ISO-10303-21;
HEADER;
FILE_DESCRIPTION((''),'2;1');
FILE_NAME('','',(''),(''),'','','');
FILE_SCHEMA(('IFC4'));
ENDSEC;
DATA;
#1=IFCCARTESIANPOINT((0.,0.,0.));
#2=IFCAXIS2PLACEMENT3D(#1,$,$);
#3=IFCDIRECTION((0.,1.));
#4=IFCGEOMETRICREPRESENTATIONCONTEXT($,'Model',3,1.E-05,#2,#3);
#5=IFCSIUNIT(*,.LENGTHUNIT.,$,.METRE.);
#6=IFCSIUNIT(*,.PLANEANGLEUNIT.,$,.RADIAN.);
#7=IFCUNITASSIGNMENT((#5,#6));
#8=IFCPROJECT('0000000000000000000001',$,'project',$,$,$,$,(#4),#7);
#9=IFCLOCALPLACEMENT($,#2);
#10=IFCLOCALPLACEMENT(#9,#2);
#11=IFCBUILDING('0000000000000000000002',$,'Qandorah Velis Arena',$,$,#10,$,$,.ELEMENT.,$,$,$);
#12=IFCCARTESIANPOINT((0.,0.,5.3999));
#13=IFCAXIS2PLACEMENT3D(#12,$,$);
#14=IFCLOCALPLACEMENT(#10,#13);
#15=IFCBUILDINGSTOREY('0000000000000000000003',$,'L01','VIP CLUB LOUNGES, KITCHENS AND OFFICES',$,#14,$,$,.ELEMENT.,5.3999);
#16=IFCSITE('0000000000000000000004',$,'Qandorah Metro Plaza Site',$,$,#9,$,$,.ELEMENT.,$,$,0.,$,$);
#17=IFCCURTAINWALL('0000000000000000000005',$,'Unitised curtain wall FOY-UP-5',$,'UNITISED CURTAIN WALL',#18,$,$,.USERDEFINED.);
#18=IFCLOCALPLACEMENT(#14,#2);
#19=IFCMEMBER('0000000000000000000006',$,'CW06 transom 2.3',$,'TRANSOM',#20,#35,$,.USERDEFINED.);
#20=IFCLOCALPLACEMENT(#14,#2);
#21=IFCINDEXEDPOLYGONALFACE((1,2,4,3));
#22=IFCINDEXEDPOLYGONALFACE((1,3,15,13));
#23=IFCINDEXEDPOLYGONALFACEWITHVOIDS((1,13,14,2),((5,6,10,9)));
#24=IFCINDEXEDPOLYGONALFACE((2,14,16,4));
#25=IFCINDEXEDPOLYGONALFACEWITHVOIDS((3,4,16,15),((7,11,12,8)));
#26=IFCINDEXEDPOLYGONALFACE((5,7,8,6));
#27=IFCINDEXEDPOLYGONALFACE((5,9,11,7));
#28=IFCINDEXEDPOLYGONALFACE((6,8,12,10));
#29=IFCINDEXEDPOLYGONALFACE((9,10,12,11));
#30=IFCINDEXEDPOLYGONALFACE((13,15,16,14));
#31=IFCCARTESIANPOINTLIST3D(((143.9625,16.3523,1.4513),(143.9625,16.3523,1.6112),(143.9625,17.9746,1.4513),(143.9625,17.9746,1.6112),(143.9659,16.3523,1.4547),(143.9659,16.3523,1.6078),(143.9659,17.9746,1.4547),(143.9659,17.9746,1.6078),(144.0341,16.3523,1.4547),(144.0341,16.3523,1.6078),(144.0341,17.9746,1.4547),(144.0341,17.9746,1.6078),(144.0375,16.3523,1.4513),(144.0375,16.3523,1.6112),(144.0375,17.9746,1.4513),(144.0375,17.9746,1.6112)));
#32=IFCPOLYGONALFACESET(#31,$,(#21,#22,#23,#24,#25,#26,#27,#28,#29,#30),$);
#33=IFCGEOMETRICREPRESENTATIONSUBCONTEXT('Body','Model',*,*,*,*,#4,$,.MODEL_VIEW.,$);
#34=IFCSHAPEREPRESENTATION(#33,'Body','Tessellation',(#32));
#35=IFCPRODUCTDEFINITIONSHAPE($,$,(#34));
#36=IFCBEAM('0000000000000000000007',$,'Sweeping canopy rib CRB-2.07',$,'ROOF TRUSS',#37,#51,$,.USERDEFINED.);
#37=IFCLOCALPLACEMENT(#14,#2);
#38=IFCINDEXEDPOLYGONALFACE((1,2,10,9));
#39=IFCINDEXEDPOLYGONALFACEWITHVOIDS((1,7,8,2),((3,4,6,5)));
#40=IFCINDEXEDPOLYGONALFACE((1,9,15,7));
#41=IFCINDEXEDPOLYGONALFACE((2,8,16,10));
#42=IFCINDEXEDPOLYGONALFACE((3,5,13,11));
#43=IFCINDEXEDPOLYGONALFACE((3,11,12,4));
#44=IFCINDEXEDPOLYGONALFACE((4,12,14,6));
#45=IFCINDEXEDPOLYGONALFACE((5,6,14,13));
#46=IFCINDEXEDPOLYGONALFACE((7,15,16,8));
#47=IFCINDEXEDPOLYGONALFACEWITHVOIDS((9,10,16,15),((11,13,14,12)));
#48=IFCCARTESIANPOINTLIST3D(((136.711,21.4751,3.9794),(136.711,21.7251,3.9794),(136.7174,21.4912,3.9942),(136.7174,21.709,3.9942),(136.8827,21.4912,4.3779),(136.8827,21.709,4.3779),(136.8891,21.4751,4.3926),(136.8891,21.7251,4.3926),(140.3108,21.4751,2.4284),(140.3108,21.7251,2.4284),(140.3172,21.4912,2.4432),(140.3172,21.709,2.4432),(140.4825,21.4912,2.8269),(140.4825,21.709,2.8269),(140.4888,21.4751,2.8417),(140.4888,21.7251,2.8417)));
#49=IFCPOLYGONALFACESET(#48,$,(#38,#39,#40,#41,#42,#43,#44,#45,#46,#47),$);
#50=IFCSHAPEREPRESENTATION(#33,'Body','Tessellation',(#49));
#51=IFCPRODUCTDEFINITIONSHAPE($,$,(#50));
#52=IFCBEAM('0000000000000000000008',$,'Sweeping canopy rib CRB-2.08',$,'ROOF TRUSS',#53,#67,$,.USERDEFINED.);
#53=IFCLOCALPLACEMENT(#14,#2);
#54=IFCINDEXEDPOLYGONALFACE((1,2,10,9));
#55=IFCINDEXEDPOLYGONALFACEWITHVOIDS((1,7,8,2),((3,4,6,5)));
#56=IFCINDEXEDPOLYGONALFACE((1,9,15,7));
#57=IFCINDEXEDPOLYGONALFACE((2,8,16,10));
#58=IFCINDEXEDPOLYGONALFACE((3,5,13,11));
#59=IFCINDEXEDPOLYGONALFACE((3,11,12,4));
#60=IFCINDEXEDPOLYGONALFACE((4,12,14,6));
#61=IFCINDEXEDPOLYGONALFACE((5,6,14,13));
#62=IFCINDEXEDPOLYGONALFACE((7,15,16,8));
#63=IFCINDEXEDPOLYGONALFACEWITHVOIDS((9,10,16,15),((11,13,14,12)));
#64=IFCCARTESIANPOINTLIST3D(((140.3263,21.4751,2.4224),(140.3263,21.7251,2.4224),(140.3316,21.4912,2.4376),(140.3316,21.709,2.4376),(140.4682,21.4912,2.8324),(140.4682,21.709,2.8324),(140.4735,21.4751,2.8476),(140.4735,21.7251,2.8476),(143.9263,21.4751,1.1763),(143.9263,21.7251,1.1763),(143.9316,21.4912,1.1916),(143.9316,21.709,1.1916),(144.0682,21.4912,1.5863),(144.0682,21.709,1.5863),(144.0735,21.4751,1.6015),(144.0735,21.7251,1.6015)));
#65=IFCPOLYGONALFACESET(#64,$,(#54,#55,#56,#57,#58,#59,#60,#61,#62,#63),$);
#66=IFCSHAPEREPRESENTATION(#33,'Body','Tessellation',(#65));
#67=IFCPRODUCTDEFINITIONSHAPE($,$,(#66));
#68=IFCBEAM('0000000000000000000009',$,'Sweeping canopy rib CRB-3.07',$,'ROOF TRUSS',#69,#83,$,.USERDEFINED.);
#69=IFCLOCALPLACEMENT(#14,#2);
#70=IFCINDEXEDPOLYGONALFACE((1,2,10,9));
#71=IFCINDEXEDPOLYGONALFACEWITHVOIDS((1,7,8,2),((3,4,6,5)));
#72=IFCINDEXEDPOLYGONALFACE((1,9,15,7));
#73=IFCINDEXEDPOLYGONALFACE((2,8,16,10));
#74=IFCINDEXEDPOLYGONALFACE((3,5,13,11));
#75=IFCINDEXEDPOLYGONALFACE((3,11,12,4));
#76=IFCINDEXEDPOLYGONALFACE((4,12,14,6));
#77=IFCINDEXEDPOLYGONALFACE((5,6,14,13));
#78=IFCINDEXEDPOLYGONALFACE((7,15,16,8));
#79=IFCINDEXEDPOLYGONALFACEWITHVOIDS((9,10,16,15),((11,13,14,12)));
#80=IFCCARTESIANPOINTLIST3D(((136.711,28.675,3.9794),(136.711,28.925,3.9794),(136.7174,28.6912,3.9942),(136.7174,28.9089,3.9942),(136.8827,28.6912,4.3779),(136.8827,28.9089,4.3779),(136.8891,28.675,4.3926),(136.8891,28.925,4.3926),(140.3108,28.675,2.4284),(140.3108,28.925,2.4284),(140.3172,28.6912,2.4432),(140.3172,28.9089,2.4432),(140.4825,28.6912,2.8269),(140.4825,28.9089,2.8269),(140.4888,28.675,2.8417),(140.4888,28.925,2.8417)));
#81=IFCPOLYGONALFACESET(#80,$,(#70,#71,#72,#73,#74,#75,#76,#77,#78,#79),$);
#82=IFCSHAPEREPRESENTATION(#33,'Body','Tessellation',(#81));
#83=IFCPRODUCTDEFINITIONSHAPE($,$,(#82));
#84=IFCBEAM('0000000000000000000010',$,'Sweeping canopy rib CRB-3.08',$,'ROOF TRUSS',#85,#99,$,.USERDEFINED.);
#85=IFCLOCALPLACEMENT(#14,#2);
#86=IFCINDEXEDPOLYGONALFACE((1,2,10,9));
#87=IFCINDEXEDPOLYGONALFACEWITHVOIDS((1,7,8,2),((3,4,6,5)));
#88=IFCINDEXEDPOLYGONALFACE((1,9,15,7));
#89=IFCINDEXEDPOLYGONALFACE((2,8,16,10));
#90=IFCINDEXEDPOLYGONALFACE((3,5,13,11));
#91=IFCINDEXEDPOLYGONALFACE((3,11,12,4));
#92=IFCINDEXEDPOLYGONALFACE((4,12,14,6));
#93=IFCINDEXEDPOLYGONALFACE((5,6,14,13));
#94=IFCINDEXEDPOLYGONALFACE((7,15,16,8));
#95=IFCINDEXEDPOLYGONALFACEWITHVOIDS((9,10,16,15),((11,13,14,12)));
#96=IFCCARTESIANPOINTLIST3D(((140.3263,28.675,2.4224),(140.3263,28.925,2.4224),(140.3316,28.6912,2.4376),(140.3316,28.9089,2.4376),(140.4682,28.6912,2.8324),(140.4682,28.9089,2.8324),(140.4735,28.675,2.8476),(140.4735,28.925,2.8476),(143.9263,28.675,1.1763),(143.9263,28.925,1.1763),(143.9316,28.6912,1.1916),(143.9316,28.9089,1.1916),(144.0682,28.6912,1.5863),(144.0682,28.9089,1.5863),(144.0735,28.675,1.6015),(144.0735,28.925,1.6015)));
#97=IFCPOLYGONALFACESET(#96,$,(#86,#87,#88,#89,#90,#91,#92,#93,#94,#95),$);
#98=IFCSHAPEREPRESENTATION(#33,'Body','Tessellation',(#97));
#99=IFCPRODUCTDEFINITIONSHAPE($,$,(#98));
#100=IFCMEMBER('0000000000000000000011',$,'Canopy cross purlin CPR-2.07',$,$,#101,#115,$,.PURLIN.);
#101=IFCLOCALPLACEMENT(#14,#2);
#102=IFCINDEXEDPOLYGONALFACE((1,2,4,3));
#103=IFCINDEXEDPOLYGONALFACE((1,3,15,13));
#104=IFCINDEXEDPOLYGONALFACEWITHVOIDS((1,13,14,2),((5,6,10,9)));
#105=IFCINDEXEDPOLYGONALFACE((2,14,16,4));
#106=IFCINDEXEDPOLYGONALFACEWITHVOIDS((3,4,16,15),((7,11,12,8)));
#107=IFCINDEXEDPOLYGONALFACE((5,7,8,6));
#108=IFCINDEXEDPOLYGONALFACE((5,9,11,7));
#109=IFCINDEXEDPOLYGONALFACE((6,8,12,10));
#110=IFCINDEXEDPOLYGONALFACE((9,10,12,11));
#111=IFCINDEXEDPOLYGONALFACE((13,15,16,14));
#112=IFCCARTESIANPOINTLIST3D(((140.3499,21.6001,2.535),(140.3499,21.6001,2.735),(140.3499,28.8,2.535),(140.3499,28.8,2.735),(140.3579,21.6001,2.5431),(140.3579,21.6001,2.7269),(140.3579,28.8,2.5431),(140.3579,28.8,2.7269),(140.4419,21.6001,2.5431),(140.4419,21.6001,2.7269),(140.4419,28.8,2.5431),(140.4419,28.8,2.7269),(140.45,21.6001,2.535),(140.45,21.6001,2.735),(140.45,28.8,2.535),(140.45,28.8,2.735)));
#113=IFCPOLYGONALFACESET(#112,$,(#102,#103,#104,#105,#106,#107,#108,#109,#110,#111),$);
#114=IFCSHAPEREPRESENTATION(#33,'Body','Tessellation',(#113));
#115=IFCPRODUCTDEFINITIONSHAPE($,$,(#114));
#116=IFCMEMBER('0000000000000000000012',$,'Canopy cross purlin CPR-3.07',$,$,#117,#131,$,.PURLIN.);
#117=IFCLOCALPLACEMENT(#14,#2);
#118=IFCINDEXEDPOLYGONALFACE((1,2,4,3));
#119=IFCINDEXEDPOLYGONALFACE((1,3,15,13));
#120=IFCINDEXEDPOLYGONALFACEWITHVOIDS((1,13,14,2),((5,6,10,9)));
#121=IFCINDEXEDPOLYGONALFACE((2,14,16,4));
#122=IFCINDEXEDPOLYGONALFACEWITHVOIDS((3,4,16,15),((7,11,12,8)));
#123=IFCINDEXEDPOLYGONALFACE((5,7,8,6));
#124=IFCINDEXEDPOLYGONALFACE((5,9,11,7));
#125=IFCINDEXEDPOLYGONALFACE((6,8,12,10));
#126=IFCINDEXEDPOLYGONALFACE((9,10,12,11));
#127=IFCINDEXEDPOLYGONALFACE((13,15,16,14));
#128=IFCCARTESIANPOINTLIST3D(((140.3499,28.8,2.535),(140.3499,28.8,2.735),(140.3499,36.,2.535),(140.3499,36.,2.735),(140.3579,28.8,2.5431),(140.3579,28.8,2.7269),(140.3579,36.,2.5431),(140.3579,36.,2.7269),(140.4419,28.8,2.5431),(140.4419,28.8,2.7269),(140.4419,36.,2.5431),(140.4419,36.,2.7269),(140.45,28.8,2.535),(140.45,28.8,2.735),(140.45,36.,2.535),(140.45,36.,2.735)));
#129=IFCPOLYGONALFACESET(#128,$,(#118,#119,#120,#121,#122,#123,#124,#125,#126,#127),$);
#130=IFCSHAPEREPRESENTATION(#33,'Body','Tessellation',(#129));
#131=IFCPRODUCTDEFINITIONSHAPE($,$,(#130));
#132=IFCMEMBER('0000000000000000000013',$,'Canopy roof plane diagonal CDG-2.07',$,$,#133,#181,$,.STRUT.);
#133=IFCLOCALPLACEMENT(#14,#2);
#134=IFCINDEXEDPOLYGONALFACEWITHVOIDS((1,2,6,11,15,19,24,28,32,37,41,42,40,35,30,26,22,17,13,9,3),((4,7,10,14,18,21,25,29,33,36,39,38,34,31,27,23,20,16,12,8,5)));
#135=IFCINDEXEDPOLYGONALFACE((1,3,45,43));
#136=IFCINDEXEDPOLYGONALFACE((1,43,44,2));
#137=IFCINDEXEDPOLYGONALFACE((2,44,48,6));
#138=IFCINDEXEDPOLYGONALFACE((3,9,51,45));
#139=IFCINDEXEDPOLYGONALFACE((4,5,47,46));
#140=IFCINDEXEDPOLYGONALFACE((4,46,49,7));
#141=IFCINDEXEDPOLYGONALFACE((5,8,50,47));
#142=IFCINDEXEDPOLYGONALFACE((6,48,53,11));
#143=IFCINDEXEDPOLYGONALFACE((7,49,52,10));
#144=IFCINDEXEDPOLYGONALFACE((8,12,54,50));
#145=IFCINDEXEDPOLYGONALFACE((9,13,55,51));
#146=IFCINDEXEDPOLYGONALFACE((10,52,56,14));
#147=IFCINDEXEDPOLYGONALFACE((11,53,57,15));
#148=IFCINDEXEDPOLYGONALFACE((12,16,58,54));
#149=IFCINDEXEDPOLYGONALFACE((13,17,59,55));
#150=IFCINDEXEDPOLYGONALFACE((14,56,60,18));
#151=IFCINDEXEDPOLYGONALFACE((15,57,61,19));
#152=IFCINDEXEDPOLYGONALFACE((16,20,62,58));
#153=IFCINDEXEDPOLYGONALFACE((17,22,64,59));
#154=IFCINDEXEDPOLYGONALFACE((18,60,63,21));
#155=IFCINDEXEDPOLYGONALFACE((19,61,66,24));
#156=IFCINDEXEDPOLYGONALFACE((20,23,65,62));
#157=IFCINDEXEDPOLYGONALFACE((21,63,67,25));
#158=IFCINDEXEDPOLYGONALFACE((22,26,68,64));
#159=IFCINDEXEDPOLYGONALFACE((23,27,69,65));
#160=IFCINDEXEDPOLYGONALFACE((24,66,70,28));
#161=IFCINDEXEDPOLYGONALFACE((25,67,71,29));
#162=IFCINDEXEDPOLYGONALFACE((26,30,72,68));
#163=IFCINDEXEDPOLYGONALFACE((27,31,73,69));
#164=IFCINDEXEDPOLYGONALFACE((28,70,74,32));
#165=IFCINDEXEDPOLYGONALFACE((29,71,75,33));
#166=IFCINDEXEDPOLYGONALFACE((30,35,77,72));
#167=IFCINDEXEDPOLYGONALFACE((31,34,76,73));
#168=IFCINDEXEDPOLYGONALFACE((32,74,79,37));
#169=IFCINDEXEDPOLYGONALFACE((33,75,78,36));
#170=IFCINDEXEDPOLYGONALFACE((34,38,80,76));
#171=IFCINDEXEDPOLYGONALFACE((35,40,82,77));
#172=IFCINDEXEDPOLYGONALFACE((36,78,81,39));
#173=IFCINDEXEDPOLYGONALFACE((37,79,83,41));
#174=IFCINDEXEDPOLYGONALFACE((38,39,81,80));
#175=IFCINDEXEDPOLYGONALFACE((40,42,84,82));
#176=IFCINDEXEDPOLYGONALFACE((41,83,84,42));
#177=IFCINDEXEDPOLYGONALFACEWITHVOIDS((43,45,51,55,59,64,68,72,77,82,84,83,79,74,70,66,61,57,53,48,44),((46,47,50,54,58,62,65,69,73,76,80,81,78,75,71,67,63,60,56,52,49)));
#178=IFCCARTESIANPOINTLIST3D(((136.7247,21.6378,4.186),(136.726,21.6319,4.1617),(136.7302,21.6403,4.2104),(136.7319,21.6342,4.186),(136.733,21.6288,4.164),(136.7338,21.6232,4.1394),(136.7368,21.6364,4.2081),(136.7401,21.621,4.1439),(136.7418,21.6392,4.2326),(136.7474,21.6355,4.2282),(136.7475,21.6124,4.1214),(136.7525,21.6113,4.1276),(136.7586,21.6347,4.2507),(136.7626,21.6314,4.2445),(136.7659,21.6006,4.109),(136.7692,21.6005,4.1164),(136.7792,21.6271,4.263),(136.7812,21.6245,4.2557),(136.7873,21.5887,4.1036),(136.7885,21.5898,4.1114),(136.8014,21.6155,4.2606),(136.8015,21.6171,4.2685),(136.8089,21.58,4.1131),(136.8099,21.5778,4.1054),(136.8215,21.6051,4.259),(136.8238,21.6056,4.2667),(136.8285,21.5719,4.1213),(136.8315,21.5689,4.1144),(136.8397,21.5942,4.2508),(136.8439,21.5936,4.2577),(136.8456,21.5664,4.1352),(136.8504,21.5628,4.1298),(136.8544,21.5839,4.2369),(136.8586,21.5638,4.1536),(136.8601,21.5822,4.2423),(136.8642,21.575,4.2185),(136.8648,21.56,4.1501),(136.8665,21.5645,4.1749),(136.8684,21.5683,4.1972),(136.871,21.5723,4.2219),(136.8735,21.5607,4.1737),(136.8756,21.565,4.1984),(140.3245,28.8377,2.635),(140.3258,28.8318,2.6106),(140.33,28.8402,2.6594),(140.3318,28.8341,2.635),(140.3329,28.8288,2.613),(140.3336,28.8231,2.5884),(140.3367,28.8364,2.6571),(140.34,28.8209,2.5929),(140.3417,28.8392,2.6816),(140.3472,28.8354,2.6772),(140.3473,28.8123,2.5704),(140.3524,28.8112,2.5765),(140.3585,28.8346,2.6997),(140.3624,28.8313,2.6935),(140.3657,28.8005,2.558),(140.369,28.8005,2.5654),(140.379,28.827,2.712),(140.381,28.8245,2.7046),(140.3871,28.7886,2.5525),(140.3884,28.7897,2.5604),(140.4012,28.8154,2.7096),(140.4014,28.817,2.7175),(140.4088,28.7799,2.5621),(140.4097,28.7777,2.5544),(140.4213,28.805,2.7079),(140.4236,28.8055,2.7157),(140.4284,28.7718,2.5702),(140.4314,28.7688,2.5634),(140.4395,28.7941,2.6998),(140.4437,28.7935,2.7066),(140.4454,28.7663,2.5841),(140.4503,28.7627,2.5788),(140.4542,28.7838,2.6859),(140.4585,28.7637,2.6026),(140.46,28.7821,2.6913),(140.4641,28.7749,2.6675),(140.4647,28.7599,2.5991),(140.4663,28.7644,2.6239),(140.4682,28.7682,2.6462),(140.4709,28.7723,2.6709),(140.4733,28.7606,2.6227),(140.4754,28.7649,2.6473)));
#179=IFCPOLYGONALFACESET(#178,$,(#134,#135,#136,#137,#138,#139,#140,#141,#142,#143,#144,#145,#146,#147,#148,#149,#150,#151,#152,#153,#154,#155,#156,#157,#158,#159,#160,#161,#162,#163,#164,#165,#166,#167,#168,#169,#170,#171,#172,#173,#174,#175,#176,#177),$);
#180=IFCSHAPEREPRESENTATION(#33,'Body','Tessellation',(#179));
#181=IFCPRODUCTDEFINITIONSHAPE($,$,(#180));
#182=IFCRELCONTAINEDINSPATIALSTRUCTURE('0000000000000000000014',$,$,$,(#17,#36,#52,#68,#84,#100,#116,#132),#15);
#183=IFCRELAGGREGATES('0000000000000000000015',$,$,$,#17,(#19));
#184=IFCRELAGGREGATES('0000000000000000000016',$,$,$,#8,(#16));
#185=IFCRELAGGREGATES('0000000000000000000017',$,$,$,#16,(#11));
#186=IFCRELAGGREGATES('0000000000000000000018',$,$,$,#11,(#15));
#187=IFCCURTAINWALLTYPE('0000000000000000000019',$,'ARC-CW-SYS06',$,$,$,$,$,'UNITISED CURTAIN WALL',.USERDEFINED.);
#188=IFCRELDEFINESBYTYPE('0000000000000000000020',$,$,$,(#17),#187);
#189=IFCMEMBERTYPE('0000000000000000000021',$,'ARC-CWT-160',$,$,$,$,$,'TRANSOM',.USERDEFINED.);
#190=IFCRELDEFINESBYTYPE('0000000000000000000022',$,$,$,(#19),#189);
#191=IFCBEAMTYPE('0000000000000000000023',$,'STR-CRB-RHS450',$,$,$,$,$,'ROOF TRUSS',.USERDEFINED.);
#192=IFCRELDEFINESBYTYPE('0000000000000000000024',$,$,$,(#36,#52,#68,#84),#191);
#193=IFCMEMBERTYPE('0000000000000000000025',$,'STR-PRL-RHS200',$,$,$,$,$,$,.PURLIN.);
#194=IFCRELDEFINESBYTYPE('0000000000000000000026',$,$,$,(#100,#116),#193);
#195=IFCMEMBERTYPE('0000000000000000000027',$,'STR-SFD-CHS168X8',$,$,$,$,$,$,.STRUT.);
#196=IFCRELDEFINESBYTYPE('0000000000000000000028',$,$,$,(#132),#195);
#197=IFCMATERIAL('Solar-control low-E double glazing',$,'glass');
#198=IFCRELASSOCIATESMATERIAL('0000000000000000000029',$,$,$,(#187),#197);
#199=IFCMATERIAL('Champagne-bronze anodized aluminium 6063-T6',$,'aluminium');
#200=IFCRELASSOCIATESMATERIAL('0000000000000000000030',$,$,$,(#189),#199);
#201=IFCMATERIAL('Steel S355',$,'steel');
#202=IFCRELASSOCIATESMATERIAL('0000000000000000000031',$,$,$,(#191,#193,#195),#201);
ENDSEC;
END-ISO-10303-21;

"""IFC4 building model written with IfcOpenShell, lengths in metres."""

from ifc_helpers import new_model, si_unit, direction, frame, origin, origin_2d, place, context, subcontext, project, spatial, hollow_rectangle, hollow_circle, extrude, material, material_profile, profile_set, type_object, element, aggregate, save


model = new_model("IFC4")

# Units and contexts
model_context = context("Model", 3, precision=1e-05, world=origin(), true_north=direction((0.0, 1.0)))
body_context = subcontext(model_context, "Body", "Model", "MODEL_VIEW")
ifc_project = project(units=[si_unit("LENGTHUNIT", "METRE"), si_unit("PLANEANGLEUNIT", "RADIAN")], contexts=[model_context])

# Site, building, storey
site_placement = place(None, origin())
site = spatial("IfcSite", under=ifc_project, at=site_placement, Name="Qandorah Metro Plaza Site", CompositionType="ELEMENT", RefElevation=0.0)
building_placement = place(site_placement, origin())
building = spatial("IfcBuilding", under=site, at=building_placement, Name="Qandorah Velis Arena", CompositionType="ELEMENT")
storey_placement = place(building_placement, frame((0.0, 0.0, 5.3999)))
storey = spatial("IfcBuildingStorey", under=building, at=storey_placement, Name="L01", Description="VIP CLUB LOUNGES, KITCHENS AND OFFICES", CompositionType="ELEMENT", Elevation=5.3999)

# Curtain wall, member
ifc_material_1 = material(Name="Solar-control low-E double glazing", Category="glass")
curtain_wall_type = type_object("IfcCurtainWallType", Name="ARC-CW-SYS06", ElementType="UNITISED CURTAIN WALL", PredefinedType="USERDEFINED", material=ifc_material_1)
curtain_wall_placement = place(storey_placement, origin())
curtain_wall = element("IfcCurtainWall", 1, at=curtain_wall_placement, inside=storey, type_object=curtain_wall_type, Name="Unitised curtain wall FOY-UP-5", ObjectType="UNITISED CURTAIN WALL", PredefinedType="USERDEFINED")
ifc_material_2 = material(Name="Champagne-bronze anodized aluminium 6063-T6", Category="aluminium")
ifc_material_profile_1 = material_profile(ifc_material_2, hollow_rectangle(XDim=0.075, YDim=0.1599, WallThickness=0.0034, at=origin_2d()), Name="ALU TRANSOM 75x160")
ifc_profile_set_1 = profile_set([ifc_material_profile_1], Name="Champagne-bronze anodized aluminium 6063-T6")
member_type_1 = type_object("IfcMemberType", Name="ARC-CWT-160", ElementType="TRANSOM", PredefinedType="USERDEFINED", material=ifc_profile_set_1)
member_1_placement = place(storey_placement, frame((144.0, 16.3523, 1.5312), z_axis=(0.0, 1.0, 0.0), x_axis=(-1.0, 0.0, 0.0)))
member_1 = element("IfcMember", 2, at=member_1_placement, type_object=member_type_1, Name="CW06 transom 2.3", ObjectType="TRANSOM", PredefinedType="USERDEFINED", context=body_context, shape_type="SweptSolid", body=[
    extrude(hollow_rectangle(XDim=0.075, YDim=0.1599, WallThickness=0.0034, at=origin_2d()), origin(), (0.0, 0.0, 1.0), 1.6223),
])
aggregate(curtain_wall, [member_1])

# Beams
ifc_material_3 = material(Name="Steel S355", Category="steel")
ifc_material_profile_2 = material_profile(ifc_material_3, hollow_rectangle(XDim=0.25, YDim=0.45, WallThickness=0.0161, at=origin_2d()), Name="RHS 450x250x16")
ifc_profile_set_2 = profile_set([ifc_material_profile_2], Name="Steel S355")
beam_type = type_object("IfcBeamType", Name="STR-CRB-RHS450", ElementType="ROOF TRUSS", PredefinedType="USERDEFINED", material=ifc_profile_set_2)
beam_1_placement = place(storey_placement, frame((136.8, 21.6001, 4.186), z_axis=(0.918383, 0.0, -0.395693), x_axis=(0.0, 1.0, 0.0)))
element("IfcBeam", 3, at=beam_1_placement, inside=storey, type_object=beam_type, Name="Sweeping canopy rib CRB-2.07", ObjectType="ROOF TRUSS", PredefinedType="USERDEFINED", context=body_context, shape_type="SweptSolid", body=[
    extrude(hollow_rectangle(XDim=0.25, YDim=0.45, WallThickness=0.0161, at=origin_2d()), origin(), (0.0, 0.0, 1.0), 3.9197),
])
beam_2_placement = place(storey_placement, frame((140.3999, 21.6001, 2.635), z_axis=(0.944994, 0.0, -0.327089), x_axis=(0.0, 1.0, 0.0)))
element("IfcBeam", 4, at=beam_2_placement, inside=storey, type_object=beam_type, Name="Sweeping canopy rib CRB-2.08", ObjectType="ROOF TRUSS", PredefinedType="USERDEFINED", context=body_context, shape_type="SweptSolid", body=[
    extrude(hollow_rectangle(XDim=0.25, YDim=0.45, WallThickness=0.0161, at=origin_2d()), origin(), (0.0, 0.0, 1.0), 3.8096),
])
beam_3_placement = place(storey_placement, frame((136.8, 28.8, 4.186), z_axis=(0.918383, 0.0, -0.395693), x_axis=(0.0, 1.0, 0.0)))
element("IfcBeam", 5, at=beam_3_placement, inside=storey, type_object=beam_type, Name="Sweeping canopy rib CRB-3.07", ObjectType="ROOF TRUSS", PredefinedType="USERDEFINED", context=body_context, shape_type="SweptSolid", body=[
    extrude(hollow_rectangle(XDim=0.25, YDim=0.45, WallThickness=0.0161, at=origin_2d()), origin(), (0.0, 0.0, 1.0), 3.9197),
])
beam_4_placement = place(storey_placement, frame((140.3999, 28.8, 2.635), z_axis=(0.944994, 0.0, -0.327089), x_axis=(0.0, 1.0, 0.0)))
element("IfcBeam", 6, at=beam_4_placement, inside=storey, type_object=beam_type, Name="Sweeping canopy rib CRB-3.08", ObjectType="ROOF TRUSS", PredefinedType="USERDEFINED", context=body_context, shape_type="SweptSolid", body=[
    extrude(hollow_rectangle(XDim=0.25, YDim=0.45, WallThickness=0.0161, at=origin_2d()), origin(), (0.0, 0.0, 1.0), 3.8096),
])

# Members
ifc_material_profile_3 = material_profile(ifc_material_3, hollow_rectangle(XDim=0.1001, YDim=0.2, WallThickness=0.0081, at=origin_2d()), Name="RHS 200x100x8")
ifc_profile_set_3 = profile_set([ifc_material_profile_3], Name="Steel S355")
member_type_2 = type_object("IfcMemberType", Name="STR-PRL-RHS200", PredefinedType="PURLIN", material=ifc_profile_set_3)
for number, where, z_axis, x_axis, name in (
    (7, (140.3999, 21.6001, 2.635), (0.0, 1.0, 0.0), (-1.0, 0.0, 0.0), "Canopy cross purlin CPR-2.07"),
    (8, (140.3999, 28.8, 2.635), (0.0, 1.0, 0.0), (-1.0, 0.0, 0.0), "Canopy cross purlin CPR-3.07"),
):
    element("IfcMember", number, at=place(storey_placement, frame(where, z_axis=z_axis, x_axis=x_axis)), inside=storey, type_object=member_type_2, Name=name, PredefinedType="PURLIN", context=body_context, shape_type="SweptSolid", body=[
        extrude(hollow_rectangle(XDim=0.1001, YDim=0.2, WallThickness=0.0081, at=origin_2d()), origin(), (0.0, 0.0, 1.0), 7.2),
    ])
ifc_material_profile_4 = material_profile(ifc_material_3, hollow_circle(Radius=0.0842, WallThickness=0.0081, at=origin_2d()), Name="CHS 168.3x8")
ifc_profile_set_4 = profile_set([ifc_material_profile_4], Name="Steel S355")
member_type_3 = type_object("IfcMemberType", Name="STR-SFD-CHS168X8", PredefinedType="STRUT", material=ifc_profile_set_4)
member_2_placement = place(storey_placement, frame((136.8, 21.6001, 4.186), z_axis=(0.439124, 0.878278, -0.1892), x_axis=(-0.894433, 0.447201, 0.0)))
element("IfcMember", 9, at=member_2_placement, inside=storey, type_object=member_type_3, Name="Canopy roof plane diagonal CDG-2.07", PredefinedType="STRUT", context=body_context, shape_type="SweptSolid", body=[
    extrude(hollow_circle(Radius=0.0842, WallThickness=0.0081, at=origin_2d()), origin(), (0.0, 0.0, 1.0), 8.1978),
])

save(model, "model.ifc")
